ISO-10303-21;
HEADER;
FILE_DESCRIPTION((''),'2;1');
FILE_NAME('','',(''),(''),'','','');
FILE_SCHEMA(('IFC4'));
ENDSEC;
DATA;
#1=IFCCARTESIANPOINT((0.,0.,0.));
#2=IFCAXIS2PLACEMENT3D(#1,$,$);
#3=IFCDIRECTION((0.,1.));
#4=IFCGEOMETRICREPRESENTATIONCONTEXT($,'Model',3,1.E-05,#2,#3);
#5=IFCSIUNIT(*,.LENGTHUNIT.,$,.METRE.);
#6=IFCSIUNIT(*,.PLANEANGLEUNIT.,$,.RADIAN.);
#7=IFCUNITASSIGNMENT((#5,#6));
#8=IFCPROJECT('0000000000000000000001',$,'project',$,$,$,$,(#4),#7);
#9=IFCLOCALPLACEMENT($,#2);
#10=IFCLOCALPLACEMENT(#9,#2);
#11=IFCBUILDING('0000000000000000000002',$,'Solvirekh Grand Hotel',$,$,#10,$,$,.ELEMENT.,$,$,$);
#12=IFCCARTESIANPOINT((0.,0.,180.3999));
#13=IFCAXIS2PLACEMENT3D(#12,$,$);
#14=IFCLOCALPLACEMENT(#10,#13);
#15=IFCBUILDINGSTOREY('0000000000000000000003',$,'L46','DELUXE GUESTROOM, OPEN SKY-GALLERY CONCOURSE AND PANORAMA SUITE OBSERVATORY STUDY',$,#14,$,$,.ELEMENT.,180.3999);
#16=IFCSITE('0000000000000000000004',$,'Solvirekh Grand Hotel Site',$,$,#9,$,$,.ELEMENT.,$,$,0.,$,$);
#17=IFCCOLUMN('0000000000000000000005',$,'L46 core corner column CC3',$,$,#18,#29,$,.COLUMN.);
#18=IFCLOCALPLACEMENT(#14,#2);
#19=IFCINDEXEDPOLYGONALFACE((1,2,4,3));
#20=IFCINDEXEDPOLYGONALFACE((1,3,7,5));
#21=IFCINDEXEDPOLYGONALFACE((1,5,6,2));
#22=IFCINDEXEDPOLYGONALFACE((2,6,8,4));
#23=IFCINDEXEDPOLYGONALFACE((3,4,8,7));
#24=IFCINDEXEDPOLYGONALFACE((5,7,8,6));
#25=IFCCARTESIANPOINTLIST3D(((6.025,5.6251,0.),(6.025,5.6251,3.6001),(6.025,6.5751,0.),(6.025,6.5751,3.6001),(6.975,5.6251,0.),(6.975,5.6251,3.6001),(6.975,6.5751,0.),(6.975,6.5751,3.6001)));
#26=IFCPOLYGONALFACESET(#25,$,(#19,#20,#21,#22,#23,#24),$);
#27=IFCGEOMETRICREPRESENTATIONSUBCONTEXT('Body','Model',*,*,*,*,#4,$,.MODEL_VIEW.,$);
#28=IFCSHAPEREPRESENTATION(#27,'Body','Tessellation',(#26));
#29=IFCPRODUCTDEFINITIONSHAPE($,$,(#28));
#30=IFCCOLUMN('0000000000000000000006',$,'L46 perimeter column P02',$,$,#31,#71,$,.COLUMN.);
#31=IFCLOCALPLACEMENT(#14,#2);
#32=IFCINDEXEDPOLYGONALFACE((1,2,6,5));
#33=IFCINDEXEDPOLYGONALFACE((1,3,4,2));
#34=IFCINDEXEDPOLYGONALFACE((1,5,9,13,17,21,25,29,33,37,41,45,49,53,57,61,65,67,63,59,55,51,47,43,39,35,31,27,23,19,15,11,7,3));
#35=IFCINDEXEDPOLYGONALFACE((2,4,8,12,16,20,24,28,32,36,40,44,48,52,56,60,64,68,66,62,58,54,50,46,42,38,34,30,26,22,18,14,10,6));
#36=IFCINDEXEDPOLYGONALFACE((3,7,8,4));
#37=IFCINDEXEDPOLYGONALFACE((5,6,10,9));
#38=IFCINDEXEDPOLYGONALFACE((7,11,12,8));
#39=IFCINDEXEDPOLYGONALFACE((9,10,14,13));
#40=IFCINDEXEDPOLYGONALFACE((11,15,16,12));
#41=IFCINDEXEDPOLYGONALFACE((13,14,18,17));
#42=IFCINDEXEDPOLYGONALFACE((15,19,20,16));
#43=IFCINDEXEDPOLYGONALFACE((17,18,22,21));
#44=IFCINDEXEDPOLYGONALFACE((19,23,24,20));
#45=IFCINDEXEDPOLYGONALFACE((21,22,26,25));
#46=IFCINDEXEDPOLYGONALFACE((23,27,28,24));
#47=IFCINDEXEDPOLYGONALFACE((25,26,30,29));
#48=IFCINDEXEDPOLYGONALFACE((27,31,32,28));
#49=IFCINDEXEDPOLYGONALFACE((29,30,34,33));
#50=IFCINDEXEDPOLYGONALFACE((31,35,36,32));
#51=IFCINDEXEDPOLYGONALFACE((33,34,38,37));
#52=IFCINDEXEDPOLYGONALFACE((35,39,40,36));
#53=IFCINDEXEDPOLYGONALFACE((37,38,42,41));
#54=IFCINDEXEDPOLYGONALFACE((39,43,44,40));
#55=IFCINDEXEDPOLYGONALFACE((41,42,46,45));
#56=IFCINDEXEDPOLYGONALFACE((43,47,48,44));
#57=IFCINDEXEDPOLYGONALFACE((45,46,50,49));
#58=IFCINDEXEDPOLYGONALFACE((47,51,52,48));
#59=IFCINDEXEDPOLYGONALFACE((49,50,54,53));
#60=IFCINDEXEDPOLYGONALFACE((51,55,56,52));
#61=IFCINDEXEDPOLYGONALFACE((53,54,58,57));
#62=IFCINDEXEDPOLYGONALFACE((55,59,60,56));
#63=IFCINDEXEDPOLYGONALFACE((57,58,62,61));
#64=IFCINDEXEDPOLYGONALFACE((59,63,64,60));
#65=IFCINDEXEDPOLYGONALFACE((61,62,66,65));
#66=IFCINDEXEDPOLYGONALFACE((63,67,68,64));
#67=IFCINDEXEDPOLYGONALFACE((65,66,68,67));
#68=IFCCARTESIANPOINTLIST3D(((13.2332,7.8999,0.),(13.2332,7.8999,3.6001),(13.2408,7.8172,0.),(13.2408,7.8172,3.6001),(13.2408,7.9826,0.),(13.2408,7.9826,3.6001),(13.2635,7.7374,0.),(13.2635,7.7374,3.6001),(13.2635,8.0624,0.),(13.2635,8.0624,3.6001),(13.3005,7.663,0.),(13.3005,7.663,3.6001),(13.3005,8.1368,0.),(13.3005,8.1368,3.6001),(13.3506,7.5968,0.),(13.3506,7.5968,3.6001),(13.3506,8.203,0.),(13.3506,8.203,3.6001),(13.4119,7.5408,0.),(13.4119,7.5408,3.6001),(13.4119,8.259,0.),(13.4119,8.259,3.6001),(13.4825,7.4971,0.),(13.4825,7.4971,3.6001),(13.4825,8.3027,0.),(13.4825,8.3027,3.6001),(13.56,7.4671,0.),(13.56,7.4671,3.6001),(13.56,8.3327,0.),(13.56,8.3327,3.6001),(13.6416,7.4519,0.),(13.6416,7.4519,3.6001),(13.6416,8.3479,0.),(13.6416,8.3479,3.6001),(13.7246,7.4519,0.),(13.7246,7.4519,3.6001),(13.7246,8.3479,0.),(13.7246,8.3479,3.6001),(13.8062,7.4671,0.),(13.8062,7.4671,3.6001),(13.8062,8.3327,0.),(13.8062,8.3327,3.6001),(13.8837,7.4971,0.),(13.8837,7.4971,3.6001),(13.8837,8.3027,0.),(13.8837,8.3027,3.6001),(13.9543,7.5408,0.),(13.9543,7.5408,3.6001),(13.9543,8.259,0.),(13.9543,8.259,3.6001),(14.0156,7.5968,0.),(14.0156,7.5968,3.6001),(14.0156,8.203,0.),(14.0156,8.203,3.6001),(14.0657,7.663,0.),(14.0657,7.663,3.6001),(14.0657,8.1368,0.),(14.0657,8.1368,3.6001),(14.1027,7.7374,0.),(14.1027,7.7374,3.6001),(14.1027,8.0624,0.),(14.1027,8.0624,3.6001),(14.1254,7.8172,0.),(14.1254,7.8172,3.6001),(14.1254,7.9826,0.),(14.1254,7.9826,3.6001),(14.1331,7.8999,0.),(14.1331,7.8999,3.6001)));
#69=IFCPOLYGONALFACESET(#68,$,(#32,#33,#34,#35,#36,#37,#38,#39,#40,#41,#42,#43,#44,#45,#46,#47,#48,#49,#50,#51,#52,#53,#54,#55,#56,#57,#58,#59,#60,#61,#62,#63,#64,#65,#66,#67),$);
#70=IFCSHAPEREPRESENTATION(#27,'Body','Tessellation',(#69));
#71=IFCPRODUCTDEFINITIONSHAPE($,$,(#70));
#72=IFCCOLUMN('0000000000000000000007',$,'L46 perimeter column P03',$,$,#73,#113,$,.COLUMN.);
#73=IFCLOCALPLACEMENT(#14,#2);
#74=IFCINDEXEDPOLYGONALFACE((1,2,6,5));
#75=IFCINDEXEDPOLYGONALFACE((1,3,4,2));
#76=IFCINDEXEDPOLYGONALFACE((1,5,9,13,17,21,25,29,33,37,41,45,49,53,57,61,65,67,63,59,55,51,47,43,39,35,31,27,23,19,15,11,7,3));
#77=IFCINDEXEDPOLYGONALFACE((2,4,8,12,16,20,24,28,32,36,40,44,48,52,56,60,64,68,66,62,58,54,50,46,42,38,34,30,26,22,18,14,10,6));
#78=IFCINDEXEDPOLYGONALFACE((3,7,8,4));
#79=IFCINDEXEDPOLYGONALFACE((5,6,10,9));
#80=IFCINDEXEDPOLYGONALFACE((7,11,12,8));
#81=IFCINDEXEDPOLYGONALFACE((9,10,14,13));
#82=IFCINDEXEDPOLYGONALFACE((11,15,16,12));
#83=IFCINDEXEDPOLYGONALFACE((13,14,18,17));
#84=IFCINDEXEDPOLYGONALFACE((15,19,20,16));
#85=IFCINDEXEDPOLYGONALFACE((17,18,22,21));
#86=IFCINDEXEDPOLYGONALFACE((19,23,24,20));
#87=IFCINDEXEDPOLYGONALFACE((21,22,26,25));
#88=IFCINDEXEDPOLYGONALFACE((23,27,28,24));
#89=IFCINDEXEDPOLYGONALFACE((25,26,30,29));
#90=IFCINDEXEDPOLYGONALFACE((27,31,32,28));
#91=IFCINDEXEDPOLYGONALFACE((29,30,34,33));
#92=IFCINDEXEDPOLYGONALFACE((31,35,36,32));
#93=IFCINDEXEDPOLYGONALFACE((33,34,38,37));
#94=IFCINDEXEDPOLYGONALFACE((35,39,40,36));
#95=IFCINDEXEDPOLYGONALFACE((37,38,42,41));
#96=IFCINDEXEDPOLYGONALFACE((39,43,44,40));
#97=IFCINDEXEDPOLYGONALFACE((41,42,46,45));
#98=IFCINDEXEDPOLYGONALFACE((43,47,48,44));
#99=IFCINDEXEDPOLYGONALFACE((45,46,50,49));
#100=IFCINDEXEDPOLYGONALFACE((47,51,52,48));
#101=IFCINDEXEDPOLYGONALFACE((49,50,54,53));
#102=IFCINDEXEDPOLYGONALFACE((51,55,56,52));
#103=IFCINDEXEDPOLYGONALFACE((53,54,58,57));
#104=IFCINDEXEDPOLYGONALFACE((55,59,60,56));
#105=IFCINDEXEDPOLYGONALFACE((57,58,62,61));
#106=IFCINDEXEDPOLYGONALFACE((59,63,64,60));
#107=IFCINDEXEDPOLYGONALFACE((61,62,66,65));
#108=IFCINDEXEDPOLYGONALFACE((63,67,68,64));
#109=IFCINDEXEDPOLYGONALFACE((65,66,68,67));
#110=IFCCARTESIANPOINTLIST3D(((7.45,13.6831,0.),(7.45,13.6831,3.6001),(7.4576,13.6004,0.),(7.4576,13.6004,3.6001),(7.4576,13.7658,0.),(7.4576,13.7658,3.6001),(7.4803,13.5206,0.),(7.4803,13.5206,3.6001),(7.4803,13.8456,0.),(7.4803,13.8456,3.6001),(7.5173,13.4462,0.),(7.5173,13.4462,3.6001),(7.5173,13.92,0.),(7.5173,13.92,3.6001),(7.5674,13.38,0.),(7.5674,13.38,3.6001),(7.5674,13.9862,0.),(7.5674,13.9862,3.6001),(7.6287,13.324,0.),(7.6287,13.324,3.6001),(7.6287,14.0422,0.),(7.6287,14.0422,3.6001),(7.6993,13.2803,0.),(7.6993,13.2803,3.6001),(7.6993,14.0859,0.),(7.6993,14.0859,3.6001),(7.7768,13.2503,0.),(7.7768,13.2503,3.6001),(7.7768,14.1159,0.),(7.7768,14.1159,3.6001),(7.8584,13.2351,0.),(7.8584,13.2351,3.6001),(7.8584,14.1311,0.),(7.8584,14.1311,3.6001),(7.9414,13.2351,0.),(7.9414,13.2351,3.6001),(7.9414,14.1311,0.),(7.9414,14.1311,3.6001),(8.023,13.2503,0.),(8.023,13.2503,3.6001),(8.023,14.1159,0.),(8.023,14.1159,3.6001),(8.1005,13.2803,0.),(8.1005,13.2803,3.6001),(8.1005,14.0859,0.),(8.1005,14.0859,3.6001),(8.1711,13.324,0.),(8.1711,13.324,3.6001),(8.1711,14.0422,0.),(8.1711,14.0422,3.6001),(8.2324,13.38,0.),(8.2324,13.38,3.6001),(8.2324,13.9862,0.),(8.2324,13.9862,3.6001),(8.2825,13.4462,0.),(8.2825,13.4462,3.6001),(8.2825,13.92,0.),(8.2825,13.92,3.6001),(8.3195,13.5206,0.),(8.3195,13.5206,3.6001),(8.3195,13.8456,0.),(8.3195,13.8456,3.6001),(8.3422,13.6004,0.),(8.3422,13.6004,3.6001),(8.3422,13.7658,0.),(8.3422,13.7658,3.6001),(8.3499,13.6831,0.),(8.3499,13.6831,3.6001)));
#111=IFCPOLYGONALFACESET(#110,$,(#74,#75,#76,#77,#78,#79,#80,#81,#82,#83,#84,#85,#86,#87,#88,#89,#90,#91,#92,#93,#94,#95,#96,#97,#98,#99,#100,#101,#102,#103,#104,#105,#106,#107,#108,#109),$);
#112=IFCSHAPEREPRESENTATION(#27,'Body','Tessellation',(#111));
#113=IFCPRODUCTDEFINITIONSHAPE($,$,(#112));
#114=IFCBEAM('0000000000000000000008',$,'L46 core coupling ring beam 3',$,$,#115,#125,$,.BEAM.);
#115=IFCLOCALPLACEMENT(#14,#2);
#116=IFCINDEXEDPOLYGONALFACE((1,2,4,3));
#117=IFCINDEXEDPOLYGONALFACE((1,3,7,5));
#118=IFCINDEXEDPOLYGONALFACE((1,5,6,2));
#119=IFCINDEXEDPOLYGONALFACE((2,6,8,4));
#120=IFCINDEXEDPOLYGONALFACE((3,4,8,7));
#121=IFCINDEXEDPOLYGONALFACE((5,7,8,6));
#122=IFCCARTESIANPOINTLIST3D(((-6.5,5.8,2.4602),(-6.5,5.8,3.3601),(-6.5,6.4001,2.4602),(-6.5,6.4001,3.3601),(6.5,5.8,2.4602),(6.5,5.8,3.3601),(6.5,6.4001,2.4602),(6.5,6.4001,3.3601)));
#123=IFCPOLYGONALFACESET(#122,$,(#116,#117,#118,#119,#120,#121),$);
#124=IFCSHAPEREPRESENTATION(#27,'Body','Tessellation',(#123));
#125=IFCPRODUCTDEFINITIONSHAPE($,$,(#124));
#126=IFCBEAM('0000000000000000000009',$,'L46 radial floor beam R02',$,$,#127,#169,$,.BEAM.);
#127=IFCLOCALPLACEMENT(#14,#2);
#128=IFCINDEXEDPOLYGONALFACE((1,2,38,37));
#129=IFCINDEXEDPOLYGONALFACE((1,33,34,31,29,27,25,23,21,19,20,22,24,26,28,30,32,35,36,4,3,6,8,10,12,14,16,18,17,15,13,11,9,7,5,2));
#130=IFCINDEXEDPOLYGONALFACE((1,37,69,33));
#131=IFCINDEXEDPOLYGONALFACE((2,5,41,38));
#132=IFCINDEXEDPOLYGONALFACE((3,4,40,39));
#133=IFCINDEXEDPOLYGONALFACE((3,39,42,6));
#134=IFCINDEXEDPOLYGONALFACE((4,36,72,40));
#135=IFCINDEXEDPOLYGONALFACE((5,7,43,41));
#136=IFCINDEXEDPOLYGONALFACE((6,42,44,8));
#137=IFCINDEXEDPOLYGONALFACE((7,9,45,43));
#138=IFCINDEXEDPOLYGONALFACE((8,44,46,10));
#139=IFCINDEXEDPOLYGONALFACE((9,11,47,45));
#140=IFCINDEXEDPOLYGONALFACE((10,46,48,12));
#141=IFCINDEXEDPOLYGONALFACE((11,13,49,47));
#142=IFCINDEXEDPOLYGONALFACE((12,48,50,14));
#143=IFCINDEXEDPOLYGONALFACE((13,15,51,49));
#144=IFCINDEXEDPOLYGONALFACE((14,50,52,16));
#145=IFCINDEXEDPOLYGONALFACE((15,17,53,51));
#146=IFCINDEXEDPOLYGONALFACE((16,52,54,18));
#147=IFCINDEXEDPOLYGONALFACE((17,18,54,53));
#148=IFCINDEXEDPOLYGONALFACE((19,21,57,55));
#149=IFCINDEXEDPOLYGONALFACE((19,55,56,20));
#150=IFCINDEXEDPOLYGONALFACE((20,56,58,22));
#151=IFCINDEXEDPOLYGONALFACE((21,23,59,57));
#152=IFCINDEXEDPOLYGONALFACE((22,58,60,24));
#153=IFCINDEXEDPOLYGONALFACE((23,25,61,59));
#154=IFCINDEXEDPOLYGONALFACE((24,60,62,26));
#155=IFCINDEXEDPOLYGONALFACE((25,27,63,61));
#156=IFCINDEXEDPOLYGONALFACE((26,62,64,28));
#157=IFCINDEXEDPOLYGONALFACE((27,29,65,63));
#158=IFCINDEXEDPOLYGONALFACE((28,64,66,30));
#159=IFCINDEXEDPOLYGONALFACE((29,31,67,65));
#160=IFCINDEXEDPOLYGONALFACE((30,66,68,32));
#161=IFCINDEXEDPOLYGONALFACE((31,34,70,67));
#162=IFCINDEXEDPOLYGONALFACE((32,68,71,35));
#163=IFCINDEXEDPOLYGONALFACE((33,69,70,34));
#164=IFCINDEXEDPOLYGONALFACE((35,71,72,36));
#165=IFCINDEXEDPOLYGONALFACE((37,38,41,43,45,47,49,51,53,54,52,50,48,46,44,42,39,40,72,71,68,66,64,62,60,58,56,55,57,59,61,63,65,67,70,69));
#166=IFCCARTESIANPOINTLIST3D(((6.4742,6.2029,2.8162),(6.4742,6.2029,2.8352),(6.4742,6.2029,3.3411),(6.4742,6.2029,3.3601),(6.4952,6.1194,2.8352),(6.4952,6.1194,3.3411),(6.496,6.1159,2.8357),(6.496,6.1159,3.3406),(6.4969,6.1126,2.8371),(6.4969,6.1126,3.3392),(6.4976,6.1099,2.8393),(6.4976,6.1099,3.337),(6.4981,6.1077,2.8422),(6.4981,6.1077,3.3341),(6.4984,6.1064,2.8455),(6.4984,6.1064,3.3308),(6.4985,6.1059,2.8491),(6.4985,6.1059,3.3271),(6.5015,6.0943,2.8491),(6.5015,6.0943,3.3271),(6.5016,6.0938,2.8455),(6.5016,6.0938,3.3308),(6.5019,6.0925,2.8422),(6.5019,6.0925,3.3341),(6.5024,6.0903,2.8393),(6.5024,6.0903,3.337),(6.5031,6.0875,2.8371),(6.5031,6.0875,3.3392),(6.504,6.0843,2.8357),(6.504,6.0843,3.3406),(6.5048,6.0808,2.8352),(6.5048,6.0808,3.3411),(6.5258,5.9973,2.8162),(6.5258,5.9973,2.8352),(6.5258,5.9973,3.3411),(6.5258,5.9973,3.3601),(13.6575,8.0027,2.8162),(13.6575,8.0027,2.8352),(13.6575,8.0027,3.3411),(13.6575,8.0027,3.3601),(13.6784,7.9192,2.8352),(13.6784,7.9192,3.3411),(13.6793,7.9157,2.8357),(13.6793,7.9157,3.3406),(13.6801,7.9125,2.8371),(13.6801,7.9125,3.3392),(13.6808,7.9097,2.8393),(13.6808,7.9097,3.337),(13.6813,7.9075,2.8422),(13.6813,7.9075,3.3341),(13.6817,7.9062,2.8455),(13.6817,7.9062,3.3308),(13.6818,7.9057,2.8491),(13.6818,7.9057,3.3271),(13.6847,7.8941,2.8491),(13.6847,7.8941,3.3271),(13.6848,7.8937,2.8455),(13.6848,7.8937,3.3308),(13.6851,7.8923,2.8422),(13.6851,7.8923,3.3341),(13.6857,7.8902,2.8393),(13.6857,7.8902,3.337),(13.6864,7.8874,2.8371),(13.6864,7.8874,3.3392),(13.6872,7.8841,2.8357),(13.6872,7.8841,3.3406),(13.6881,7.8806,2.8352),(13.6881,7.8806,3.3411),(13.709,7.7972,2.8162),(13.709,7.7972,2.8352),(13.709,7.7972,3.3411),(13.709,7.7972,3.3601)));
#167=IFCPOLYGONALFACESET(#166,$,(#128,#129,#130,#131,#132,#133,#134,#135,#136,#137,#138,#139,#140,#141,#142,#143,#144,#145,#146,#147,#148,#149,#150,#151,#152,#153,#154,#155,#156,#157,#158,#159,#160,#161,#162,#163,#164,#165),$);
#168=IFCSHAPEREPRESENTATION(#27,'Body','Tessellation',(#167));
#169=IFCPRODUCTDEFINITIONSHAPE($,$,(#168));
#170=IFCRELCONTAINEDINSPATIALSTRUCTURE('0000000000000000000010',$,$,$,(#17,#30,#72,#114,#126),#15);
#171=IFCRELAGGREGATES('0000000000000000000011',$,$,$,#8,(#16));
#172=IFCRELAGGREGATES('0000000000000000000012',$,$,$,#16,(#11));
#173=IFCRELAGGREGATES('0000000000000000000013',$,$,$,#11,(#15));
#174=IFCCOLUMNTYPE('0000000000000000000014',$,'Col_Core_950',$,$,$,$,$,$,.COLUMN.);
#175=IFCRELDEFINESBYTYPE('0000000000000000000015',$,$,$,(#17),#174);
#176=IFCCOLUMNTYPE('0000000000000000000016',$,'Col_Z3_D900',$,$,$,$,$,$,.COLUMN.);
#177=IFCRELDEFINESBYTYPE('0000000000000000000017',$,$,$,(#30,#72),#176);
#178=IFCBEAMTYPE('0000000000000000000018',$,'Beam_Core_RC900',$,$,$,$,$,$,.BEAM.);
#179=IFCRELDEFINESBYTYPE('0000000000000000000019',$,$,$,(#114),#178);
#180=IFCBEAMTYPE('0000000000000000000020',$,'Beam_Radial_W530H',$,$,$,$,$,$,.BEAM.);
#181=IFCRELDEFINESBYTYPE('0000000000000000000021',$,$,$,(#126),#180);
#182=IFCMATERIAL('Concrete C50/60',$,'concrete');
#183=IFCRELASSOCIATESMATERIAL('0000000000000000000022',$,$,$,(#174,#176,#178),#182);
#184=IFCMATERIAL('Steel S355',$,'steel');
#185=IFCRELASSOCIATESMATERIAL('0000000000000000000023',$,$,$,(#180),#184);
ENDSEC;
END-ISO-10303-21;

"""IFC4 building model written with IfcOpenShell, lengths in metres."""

from ifc_helpers import new_model, si_unit, direction, frame, origin, origin_2d, place, context, subcontext, project, spatial, rectangle, circle, i_section, extrude, material, material_profile, profile_set, type_object, element, save


model = new_model("IFC4")

# Units and contexts
model_context = context("Model", 3, precision=1e-05, world=origin(), true_north=direction((0.0, 1.0)))
body_context = subcontext(model_context, "Body", "Model", "MODEL_VIEW")
ifc_project = project(units=[si_unit("LENGTHUNIT", "METRE"), si_unit("PLANEANGLEUNIT", "RADIAN")], contexts=[model_context])

# Site, building, storey
site_placement = place(None, origin())
site = spatial("IfcSite", under=ifc_project, at=site_placement, Name="Solvirekh Grand Hotel Site", CompositionType="ELEMENT", RefElevation=0.0)
building_placement = place(site_placement, origin())
building = spatial("IfcBuilding", under=site, at=building_placement, Name="Solvirekh Grand Hotel", CompositionType="ELEMENT")
storey_placement = place(building_placement, frame((0.0, 0.0, 180.3999)))
storey = spatial("IfcBuildingStorey", under=building, at=storey_placement, Name="L46", Description="DELUXE GUESTROOM, OPEN SKY-GALLERY CONCOURSE AND PANORAMA SUITE OBSERVATORY STUDY", CompositionType="ELEMENT", Elevation=180.3999)

# Columns
ifc_material_1 = material(Name="Concrete C50/60", Category="concrete")
ifc_material_profile_1 = material_profile(ifc_material_1, rectangle(XDim=0.95, YDim=0.95, at=origin_2d()), Name="RC 950X950")
ifc_profile_set_1 = profile_set([ifc_material_profile_1], Name="Concrete C50/60")
column_type_1 = type_object("IfcColumnType", Name="Col_Core_950", PredefinedType="COLUMN", material=ifc_profile_set_1)
column_placement = place(storey_placement, frame((6.5, 6.1001, 0.0), z_axis=(0.0, 0.0, 1.0), x_axis=(1.0, 0.0, 0.0)))
element("IfcColumn", 1, at=column_placement, inside=storey, type_object=column_type_1, Name="L46 core corner column CC3", PredefinedType="COLUMN", context=body_context, shape_type="SweptSolid", body=[
    extrude(rectangle(XDim=0.95, YDim=0.95, at=origin_2d()), origin(), (0.0, 0.0, 1.0), 3.6001),
])
ifc_material_profile_2 = material_profile(ifc_material_1, circle(Radius=0.45, at=origin_2d()), Name="RC CIRC D900")
ifc_profile_set_2 = profile_set([ifc_material_profile_2], Name="Concrete C50/60")
column_type_2 = type_object("IfcColumnType", Name="Col_Z3_D900", PredefinedType="COLUMN", material=ifc_profile_set_2)
for number, where, z_axis, x_axis, name in (
    (2, (13.6831, 7.8999, 0.0), (0.0, 0.0, 1.0), (1.0, 0.0, 0.0), "L46 perimeter column P02"),
    (3, (7.8999, 13.6831, 0.0), (0.0, 0.0, 1.0), (1.0, 0.0, 0.0), "L46 perimeter column P03"),
):
    element("IfcColumn", number, at=place(storey_placement, frame(where, z_axis=z_axis, x_axis=x_axis)), inside=storey, type_object=column_type_2, Name=name, PredefinedType="COLUMN", context=body_context, shape_type="SweptSolid", body=[
        extrude(circle(Radius=0.45, at=origin_2d()), origin(), (0.0, 0.0, 1.0), 3.6001),
    ])

# Beams
ifc_material_profile_3 = material_profile(ifc_material_1, rectangle(XDim=0.6001, YDim=0.8999, at=origin_2d()), Name="RC BEAM 600X900")
ifc_profile_set_3 = profile_set([ifc_material_profile_3], Name="Concrete C50/60")
beam_type_1 = type_object("IfcBeamType", Name="Beam_Core_RC900", PredefinedType="BEAM", material=ifc_profile_set_3)
beam_1_placement = place(storey_placement, frame((6.5, 6.1001, 2.9102), z_axis=(-1.0, 0.0, 0.0), x_axis=(0.0, -1.0, 0.0)))
element("IfcBeam", 4, at=beam_1_placement, inside=storey, type_object=beam_type_1, Name="L46 core coupling ring beam 3", PredefinedType="BEAM", context=body_context, shape_type="SweptSolid", body=[
    extrude(rectangle(XDim=0.6001, YDim=0.8999, at=origin_2d()), origin(), (0.0, 0.0, 1.0), 13.0),
])
ifc_material_2 = material(Name="Steel S355", Category="steel")
ifc_material_profile_4 = material_profile(ifc_material_2, i_section(OverallWidth=0.2119, OverallDepth=0.5439, WebThickness=0.012, FlangeThickness=0.019, FilletRadius=0.0139, at=origin_2d()), Name="W530X123")
ifc_profile_set_4 = profile_set([ifc_material_profile_4], Name="Steel S355")
beam_type_2 = type_object("IfcBeamType", Name="Beam_Radial_W530H", PredefinedType="BEAM", material=ifc_profile_set_4)
beam_2_placement = place(storey_placement, frame((6.5, 6.1001, 3.0881), z_axis=(0.970014, 0.243048, 0.0), x_axis=(-0.243048, 0.970014, 0.0)))
element("IfcBeam", 5, at=beam_2_placement, inside=storey, type_object=beam_type_2, Name="L46 radial floor beam R02", PredefinedType="BEAM", context=body_context, shape_type="SweptSolid", body=[
    extrude(i_section(OverallWidth=0.2119, OverallDepth=0.5439, WebThickness=0.012, FlangeThickness=0.019, FilletRadius=0.0139, at=origin_2d()), origin(), (0.0, 0.0, 1.0), 7.4053),
])

save(model, "model.ifc")
